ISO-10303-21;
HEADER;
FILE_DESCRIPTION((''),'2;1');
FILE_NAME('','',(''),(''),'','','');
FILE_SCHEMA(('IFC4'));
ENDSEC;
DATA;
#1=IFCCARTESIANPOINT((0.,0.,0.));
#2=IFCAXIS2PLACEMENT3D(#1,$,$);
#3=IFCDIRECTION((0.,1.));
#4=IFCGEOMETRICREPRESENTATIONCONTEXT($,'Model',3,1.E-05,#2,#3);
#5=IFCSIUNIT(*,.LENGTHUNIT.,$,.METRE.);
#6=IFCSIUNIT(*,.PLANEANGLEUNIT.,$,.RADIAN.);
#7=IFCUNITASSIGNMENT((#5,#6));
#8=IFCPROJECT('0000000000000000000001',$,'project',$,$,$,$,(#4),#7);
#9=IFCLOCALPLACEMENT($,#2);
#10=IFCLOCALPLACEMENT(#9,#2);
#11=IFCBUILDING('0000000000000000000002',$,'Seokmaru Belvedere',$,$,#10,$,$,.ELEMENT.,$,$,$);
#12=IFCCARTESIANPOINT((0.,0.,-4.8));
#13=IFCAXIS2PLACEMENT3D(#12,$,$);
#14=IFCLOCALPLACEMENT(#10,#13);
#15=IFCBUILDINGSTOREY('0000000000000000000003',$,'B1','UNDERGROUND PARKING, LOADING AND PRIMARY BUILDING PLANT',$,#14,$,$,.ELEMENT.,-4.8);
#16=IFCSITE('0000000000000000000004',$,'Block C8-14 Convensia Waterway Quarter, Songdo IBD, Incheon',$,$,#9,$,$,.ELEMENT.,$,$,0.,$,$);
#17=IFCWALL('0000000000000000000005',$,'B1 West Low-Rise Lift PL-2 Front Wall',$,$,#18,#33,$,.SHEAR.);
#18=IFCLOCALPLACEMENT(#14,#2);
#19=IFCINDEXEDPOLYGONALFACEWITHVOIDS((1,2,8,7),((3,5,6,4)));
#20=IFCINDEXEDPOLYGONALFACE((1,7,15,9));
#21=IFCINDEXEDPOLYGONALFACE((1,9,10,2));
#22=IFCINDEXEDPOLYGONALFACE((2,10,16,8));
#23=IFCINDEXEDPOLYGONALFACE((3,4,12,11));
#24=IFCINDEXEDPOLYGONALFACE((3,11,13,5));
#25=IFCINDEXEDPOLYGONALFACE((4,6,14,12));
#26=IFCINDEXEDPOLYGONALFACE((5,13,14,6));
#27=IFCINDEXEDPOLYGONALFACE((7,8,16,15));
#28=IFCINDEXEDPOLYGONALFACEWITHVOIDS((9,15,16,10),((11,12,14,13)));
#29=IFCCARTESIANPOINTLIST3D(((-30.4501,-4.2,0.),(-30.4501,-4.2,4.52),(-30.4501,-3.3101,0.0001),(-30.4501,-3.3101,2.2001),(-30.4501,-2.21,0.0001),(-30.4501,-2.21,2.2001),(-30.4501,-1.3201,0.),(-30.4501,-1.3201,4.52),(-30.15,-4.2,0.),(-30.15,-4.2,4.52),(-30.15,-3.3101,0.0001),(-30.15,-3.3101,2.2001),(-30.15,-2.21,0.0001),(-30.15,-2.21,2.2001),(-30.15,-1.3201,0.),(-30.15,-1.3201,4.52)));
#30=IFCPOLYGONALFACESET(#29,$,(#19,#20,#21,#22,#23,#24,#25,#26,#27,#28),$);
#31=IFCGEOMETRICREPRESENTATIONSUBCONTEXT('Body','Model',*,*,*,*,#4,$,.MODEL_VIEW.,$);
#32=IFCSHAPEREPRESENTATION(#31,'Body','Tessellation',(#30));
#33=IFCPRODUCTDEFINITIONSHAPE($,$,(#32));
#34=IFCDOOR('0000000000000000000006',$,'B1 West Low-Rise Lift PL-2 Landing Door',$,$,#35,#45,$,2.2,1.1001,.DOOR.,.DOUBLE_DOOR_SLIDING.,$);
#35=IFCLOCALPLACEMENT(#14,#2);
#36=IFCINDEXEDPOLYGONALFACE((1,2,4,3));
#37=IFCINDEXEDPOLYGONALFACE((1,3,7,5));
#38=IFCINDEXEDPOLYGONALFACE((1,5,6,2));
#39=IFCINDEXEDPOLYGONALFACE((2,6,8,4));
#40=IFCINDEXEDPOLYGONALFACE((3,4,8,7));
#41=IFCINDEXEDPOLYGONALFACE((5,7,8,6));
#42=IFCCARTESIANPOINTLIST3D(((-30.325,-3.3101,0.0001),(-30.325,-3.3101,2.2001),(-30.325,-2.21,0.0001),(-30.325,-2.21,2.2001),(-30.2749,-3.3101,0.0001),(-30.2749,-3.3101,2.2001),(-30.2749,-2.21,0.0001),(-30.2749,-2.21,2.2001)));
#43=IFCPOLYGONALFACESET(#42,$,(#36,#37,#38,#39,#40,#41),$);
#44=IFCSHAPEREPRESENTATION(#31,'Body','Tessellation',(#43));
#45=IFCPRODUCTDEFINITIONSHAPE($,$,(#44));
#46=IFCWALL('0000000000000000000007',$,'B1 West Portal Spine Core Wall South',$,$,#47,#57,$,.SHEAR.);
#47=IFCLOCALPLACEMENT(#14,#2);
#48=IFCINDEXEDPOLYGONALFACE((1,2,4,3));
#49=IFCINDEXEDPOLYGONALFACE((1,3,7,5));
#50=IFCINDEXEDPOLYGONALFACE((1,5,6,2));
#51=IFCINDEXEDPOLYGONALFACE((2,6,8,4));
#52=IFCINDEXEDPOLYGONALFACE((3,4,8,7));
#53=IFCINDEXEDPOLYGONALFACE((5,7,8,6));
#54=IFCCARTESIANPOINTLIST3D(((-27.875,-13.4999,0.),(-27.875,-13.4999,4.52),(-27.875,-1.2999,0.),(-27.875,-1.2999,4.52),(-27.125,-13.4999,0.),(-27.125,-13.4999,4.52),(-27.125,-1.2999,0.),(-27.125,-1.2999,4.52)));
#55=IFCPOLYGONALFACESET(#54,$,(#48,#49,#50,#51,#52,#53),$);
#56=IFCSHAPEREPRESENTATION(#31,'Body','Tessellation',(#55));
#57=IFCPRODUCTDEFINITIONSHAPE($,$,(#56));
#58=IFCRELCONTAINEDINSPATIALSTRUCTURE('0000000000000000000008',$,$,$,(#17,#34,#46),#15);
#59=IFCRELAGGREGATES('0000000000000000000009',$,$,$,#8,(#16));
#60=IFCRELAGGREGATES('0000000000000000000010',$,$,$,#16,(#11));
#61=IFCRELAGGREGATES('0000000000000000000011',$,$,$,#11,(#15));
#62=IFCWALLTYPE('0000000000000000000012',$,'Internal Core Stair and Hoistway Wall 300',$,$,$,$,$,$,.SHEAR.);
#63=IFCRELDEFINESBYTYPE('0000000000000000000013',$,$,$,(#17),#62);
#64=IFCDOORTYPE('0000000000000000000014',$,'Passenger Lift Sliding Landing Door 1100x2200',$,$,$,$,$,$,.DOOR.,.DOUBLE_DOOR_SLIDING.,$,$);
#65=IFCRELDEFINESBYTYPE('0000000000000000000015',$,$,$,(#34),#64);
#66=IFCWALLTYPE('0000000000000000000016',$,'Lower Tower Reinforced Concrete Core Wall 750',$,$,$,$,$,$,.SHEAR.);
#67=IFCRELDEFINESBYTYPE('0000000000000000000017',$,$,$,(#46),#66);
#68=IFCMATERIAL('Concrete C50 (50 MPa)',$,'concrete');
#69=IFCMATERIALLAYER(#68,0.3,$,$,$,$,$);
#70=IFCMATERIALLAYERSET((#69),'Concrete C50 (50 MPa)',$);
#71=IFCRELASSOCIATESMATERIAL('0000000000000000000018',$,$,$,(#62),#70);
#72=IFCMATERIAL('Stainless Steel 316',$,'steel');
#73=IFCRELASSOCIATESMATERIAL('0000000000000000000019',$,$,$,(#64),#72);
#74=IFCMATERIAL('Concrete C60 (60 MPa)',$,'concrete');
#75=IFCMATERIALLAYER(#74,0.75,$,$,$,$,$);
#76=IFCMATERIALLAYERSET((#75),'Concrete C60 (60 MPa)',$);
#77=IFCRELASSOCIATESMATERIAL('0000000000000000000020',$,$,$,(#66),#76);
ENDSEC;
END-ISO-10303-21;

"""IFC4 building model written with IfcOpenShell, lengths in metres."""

from ifc_helpers import new_model, si_unit, direction, frame, frame_2d, origin, place, context, subcontext, project, spatial, rectangle, extrude, source, transform, mapped, material, layer, layer_set, type_object, type_shapes, element, fill, save


model = new_model("IFC4")

# Units and contexts
model_context = context("Model", 3, precision=1e-05, world=origin(), true_north=direction((0.0, 1.0)))
body_context = subcontext(model_context, "Body", "Model", "MODEL_VIEW")
ifc_project = project(units=[si_unit("LENGTHUNIT", "METRE"), si_unit("PLANEANGLEUNIT", "RADIAN")], contexts=[model_context])

# Site, building, storey
site_placement = place(None, origin())
site = spatial("IfcSite", under=ifc_project, at=site_placement, Name="Block C8-14 Convensia Waterway Quarter, Songdo IBD, Incheon", CompositionType="ELEMENT", RefElevation=0.0)
building_placement = place(site_placement, origin())
building = spatial("IfcBuilding", under=site, at=building_placement, Name="Seokmaru Belvedere", CompositionType="ELEMENT")
storey_placement = place(building_placement, frame((0.0, 0.0, -4.8)))
storey = spatial("IfcBuildingStorey", under=building, at=storey_placement, Name="B1", Description="UNDERGROUND PARKING, LOADING AND PRIMARY BUILDING PLANT", CompositionType="ELEMENT", Elevation=-4.8)

# Shared definitions
ifc_material_1 = material(Name="Concrete C60 (60 MPa)", Category="concrete")

# Shared definitions
ifc_material_2 = material(Name="Concrete C50 (50 MPa)", Category="concrete")

# Wall, opening, door
ifc_layer_1 = layer(ifc_material_2, 0.3)
ifc_layer_set_1 = layer_set([ifc_layer_1], Name="Concrete C50 (50 MPa)")
wall_type_1 = type_object("IfcWallType", Name="Internal Core Stair and Hoistway Wall 300", PredefinedType="SHEAR", material=ifc_layer_set_1)
ifc_material_3 = material(Name="Stainless Steel 316", Category="steel")
door_type = type_object("IfcDoorType", Name="Passenger Lift Sliding Landing Door 1100x2200", OperationType="DOUBLE_DOOR_SLIDING", PredefinedType="DOOR", material=ifc_material_3)
shared_shape_1 = source(origin(), body_context, "Body", "SweptSolid", [
    extrude(rectangle(XDim=1.1001, YDim=2.2, at=frame_2d((0.55, 1.1001))), frame((0.0, 0.0249, 0.0), z_axis=(0.0, -1.0, 0.0), x_axis=(1.0, 0.0, 0.0)), (0.0, 0.0, 1.0), 0.05),
])
type_shapes(door_type, [shared_shape_1])
wall_1_placement = place(storey_placement, frame((-30.3, -4.2, 0.0), z_axis=(0.0, 0.0, 1.0), x_axis=(0.0, 1.0, 0.0)))
wall_1 = element("IfcWall", 1, at=wall_1_placement, inside=storey, type_object=wall_type_1, Name="B1 West Low-Rise Lift PL-2 Front Wall", PredefinedType="SHEAR", context=body_context, shape_type="SweptSolid", body=[
    extrude(rectangle(XDim=2.8799, YDim=0.3, at=frame_2d((1.4399, 0.0))), origin(), (0.0, 0.0, 1.0), 4.52),
])
opening_1_placement = place(wall_1_placement, frame((0.8899, 0.0, 0.0)))
opening_1 = element("IfcOpeningElement", 2, at=opening_1_placement, cuts=wall_1, PredefinedType="OPENING", context=body_context, shape_type="SweptSolid", body=[
    extrude(rectangle(XDim=1.1001, YDim=2.2, at=frame_2d((0.55, 1.1001))), frame((0.0, 0.1602, 0.0), z_axis=(0.0, -1.0, 0.0), x_axis=(1.0, 0.0, 0.0)), (0.0, 0.0, 1.0), 0.3201),
])
door_1_placement = place(opening_1_placement, origin())
door_1 = element("IfcDoor", 3, at=door_1_placement, inside=storey, type_object=door_type, Name="B1 West Low-Rise Lift PL-2 Landing Door", OperationType="DOUBLE_DOOR_SLIDING", OverallHeight=2.2, OverallWidth=1.1001, PredefinedType="DOOR", context=body_context, shape_type="MappedRepresentation", body=[
    mapped(shared_shape_1, transform((0.0, 0.0, 0.0), scale=1.0)),
])
fill(opening_1, door_1)

# Wall
ifc_layer_2 = layer(ifc_material_1, 0.75)
ifc_layer_set_2 = layer_set([ifc_layer_2], Name="Concrete C60 (60 MPa)")
wall_type_2 = type_object("IfcWallType", Name="Lower Tower Reinforced Concrete Core Wall 750", PredefinedType="SHEAR", material=ifc_layer_set_2)
wall_2_placement = place(storey_placement, frame((-27.5, -13.5, 0.0), z_axis=(0.0, 0.0, 1.0), x_axis=(0.0, 1.0, 0.0)))
element("IfcWall", 4, at=wall_2_placement, inside=storey, type_object=wall_type_2, Name="B1 West Portal Spine Core Wall South", PredefinedType="SHEAR", context=body_context, shape_type="SweptSolid", body=[
    extrude(rectangle(XDim=12.2, YDim=0.75, at=frame_2d((6.1001, 0.0))), origin(), (0.0, 0.0, 1.0), 4.52),
])

save(model, "model.ifc")
